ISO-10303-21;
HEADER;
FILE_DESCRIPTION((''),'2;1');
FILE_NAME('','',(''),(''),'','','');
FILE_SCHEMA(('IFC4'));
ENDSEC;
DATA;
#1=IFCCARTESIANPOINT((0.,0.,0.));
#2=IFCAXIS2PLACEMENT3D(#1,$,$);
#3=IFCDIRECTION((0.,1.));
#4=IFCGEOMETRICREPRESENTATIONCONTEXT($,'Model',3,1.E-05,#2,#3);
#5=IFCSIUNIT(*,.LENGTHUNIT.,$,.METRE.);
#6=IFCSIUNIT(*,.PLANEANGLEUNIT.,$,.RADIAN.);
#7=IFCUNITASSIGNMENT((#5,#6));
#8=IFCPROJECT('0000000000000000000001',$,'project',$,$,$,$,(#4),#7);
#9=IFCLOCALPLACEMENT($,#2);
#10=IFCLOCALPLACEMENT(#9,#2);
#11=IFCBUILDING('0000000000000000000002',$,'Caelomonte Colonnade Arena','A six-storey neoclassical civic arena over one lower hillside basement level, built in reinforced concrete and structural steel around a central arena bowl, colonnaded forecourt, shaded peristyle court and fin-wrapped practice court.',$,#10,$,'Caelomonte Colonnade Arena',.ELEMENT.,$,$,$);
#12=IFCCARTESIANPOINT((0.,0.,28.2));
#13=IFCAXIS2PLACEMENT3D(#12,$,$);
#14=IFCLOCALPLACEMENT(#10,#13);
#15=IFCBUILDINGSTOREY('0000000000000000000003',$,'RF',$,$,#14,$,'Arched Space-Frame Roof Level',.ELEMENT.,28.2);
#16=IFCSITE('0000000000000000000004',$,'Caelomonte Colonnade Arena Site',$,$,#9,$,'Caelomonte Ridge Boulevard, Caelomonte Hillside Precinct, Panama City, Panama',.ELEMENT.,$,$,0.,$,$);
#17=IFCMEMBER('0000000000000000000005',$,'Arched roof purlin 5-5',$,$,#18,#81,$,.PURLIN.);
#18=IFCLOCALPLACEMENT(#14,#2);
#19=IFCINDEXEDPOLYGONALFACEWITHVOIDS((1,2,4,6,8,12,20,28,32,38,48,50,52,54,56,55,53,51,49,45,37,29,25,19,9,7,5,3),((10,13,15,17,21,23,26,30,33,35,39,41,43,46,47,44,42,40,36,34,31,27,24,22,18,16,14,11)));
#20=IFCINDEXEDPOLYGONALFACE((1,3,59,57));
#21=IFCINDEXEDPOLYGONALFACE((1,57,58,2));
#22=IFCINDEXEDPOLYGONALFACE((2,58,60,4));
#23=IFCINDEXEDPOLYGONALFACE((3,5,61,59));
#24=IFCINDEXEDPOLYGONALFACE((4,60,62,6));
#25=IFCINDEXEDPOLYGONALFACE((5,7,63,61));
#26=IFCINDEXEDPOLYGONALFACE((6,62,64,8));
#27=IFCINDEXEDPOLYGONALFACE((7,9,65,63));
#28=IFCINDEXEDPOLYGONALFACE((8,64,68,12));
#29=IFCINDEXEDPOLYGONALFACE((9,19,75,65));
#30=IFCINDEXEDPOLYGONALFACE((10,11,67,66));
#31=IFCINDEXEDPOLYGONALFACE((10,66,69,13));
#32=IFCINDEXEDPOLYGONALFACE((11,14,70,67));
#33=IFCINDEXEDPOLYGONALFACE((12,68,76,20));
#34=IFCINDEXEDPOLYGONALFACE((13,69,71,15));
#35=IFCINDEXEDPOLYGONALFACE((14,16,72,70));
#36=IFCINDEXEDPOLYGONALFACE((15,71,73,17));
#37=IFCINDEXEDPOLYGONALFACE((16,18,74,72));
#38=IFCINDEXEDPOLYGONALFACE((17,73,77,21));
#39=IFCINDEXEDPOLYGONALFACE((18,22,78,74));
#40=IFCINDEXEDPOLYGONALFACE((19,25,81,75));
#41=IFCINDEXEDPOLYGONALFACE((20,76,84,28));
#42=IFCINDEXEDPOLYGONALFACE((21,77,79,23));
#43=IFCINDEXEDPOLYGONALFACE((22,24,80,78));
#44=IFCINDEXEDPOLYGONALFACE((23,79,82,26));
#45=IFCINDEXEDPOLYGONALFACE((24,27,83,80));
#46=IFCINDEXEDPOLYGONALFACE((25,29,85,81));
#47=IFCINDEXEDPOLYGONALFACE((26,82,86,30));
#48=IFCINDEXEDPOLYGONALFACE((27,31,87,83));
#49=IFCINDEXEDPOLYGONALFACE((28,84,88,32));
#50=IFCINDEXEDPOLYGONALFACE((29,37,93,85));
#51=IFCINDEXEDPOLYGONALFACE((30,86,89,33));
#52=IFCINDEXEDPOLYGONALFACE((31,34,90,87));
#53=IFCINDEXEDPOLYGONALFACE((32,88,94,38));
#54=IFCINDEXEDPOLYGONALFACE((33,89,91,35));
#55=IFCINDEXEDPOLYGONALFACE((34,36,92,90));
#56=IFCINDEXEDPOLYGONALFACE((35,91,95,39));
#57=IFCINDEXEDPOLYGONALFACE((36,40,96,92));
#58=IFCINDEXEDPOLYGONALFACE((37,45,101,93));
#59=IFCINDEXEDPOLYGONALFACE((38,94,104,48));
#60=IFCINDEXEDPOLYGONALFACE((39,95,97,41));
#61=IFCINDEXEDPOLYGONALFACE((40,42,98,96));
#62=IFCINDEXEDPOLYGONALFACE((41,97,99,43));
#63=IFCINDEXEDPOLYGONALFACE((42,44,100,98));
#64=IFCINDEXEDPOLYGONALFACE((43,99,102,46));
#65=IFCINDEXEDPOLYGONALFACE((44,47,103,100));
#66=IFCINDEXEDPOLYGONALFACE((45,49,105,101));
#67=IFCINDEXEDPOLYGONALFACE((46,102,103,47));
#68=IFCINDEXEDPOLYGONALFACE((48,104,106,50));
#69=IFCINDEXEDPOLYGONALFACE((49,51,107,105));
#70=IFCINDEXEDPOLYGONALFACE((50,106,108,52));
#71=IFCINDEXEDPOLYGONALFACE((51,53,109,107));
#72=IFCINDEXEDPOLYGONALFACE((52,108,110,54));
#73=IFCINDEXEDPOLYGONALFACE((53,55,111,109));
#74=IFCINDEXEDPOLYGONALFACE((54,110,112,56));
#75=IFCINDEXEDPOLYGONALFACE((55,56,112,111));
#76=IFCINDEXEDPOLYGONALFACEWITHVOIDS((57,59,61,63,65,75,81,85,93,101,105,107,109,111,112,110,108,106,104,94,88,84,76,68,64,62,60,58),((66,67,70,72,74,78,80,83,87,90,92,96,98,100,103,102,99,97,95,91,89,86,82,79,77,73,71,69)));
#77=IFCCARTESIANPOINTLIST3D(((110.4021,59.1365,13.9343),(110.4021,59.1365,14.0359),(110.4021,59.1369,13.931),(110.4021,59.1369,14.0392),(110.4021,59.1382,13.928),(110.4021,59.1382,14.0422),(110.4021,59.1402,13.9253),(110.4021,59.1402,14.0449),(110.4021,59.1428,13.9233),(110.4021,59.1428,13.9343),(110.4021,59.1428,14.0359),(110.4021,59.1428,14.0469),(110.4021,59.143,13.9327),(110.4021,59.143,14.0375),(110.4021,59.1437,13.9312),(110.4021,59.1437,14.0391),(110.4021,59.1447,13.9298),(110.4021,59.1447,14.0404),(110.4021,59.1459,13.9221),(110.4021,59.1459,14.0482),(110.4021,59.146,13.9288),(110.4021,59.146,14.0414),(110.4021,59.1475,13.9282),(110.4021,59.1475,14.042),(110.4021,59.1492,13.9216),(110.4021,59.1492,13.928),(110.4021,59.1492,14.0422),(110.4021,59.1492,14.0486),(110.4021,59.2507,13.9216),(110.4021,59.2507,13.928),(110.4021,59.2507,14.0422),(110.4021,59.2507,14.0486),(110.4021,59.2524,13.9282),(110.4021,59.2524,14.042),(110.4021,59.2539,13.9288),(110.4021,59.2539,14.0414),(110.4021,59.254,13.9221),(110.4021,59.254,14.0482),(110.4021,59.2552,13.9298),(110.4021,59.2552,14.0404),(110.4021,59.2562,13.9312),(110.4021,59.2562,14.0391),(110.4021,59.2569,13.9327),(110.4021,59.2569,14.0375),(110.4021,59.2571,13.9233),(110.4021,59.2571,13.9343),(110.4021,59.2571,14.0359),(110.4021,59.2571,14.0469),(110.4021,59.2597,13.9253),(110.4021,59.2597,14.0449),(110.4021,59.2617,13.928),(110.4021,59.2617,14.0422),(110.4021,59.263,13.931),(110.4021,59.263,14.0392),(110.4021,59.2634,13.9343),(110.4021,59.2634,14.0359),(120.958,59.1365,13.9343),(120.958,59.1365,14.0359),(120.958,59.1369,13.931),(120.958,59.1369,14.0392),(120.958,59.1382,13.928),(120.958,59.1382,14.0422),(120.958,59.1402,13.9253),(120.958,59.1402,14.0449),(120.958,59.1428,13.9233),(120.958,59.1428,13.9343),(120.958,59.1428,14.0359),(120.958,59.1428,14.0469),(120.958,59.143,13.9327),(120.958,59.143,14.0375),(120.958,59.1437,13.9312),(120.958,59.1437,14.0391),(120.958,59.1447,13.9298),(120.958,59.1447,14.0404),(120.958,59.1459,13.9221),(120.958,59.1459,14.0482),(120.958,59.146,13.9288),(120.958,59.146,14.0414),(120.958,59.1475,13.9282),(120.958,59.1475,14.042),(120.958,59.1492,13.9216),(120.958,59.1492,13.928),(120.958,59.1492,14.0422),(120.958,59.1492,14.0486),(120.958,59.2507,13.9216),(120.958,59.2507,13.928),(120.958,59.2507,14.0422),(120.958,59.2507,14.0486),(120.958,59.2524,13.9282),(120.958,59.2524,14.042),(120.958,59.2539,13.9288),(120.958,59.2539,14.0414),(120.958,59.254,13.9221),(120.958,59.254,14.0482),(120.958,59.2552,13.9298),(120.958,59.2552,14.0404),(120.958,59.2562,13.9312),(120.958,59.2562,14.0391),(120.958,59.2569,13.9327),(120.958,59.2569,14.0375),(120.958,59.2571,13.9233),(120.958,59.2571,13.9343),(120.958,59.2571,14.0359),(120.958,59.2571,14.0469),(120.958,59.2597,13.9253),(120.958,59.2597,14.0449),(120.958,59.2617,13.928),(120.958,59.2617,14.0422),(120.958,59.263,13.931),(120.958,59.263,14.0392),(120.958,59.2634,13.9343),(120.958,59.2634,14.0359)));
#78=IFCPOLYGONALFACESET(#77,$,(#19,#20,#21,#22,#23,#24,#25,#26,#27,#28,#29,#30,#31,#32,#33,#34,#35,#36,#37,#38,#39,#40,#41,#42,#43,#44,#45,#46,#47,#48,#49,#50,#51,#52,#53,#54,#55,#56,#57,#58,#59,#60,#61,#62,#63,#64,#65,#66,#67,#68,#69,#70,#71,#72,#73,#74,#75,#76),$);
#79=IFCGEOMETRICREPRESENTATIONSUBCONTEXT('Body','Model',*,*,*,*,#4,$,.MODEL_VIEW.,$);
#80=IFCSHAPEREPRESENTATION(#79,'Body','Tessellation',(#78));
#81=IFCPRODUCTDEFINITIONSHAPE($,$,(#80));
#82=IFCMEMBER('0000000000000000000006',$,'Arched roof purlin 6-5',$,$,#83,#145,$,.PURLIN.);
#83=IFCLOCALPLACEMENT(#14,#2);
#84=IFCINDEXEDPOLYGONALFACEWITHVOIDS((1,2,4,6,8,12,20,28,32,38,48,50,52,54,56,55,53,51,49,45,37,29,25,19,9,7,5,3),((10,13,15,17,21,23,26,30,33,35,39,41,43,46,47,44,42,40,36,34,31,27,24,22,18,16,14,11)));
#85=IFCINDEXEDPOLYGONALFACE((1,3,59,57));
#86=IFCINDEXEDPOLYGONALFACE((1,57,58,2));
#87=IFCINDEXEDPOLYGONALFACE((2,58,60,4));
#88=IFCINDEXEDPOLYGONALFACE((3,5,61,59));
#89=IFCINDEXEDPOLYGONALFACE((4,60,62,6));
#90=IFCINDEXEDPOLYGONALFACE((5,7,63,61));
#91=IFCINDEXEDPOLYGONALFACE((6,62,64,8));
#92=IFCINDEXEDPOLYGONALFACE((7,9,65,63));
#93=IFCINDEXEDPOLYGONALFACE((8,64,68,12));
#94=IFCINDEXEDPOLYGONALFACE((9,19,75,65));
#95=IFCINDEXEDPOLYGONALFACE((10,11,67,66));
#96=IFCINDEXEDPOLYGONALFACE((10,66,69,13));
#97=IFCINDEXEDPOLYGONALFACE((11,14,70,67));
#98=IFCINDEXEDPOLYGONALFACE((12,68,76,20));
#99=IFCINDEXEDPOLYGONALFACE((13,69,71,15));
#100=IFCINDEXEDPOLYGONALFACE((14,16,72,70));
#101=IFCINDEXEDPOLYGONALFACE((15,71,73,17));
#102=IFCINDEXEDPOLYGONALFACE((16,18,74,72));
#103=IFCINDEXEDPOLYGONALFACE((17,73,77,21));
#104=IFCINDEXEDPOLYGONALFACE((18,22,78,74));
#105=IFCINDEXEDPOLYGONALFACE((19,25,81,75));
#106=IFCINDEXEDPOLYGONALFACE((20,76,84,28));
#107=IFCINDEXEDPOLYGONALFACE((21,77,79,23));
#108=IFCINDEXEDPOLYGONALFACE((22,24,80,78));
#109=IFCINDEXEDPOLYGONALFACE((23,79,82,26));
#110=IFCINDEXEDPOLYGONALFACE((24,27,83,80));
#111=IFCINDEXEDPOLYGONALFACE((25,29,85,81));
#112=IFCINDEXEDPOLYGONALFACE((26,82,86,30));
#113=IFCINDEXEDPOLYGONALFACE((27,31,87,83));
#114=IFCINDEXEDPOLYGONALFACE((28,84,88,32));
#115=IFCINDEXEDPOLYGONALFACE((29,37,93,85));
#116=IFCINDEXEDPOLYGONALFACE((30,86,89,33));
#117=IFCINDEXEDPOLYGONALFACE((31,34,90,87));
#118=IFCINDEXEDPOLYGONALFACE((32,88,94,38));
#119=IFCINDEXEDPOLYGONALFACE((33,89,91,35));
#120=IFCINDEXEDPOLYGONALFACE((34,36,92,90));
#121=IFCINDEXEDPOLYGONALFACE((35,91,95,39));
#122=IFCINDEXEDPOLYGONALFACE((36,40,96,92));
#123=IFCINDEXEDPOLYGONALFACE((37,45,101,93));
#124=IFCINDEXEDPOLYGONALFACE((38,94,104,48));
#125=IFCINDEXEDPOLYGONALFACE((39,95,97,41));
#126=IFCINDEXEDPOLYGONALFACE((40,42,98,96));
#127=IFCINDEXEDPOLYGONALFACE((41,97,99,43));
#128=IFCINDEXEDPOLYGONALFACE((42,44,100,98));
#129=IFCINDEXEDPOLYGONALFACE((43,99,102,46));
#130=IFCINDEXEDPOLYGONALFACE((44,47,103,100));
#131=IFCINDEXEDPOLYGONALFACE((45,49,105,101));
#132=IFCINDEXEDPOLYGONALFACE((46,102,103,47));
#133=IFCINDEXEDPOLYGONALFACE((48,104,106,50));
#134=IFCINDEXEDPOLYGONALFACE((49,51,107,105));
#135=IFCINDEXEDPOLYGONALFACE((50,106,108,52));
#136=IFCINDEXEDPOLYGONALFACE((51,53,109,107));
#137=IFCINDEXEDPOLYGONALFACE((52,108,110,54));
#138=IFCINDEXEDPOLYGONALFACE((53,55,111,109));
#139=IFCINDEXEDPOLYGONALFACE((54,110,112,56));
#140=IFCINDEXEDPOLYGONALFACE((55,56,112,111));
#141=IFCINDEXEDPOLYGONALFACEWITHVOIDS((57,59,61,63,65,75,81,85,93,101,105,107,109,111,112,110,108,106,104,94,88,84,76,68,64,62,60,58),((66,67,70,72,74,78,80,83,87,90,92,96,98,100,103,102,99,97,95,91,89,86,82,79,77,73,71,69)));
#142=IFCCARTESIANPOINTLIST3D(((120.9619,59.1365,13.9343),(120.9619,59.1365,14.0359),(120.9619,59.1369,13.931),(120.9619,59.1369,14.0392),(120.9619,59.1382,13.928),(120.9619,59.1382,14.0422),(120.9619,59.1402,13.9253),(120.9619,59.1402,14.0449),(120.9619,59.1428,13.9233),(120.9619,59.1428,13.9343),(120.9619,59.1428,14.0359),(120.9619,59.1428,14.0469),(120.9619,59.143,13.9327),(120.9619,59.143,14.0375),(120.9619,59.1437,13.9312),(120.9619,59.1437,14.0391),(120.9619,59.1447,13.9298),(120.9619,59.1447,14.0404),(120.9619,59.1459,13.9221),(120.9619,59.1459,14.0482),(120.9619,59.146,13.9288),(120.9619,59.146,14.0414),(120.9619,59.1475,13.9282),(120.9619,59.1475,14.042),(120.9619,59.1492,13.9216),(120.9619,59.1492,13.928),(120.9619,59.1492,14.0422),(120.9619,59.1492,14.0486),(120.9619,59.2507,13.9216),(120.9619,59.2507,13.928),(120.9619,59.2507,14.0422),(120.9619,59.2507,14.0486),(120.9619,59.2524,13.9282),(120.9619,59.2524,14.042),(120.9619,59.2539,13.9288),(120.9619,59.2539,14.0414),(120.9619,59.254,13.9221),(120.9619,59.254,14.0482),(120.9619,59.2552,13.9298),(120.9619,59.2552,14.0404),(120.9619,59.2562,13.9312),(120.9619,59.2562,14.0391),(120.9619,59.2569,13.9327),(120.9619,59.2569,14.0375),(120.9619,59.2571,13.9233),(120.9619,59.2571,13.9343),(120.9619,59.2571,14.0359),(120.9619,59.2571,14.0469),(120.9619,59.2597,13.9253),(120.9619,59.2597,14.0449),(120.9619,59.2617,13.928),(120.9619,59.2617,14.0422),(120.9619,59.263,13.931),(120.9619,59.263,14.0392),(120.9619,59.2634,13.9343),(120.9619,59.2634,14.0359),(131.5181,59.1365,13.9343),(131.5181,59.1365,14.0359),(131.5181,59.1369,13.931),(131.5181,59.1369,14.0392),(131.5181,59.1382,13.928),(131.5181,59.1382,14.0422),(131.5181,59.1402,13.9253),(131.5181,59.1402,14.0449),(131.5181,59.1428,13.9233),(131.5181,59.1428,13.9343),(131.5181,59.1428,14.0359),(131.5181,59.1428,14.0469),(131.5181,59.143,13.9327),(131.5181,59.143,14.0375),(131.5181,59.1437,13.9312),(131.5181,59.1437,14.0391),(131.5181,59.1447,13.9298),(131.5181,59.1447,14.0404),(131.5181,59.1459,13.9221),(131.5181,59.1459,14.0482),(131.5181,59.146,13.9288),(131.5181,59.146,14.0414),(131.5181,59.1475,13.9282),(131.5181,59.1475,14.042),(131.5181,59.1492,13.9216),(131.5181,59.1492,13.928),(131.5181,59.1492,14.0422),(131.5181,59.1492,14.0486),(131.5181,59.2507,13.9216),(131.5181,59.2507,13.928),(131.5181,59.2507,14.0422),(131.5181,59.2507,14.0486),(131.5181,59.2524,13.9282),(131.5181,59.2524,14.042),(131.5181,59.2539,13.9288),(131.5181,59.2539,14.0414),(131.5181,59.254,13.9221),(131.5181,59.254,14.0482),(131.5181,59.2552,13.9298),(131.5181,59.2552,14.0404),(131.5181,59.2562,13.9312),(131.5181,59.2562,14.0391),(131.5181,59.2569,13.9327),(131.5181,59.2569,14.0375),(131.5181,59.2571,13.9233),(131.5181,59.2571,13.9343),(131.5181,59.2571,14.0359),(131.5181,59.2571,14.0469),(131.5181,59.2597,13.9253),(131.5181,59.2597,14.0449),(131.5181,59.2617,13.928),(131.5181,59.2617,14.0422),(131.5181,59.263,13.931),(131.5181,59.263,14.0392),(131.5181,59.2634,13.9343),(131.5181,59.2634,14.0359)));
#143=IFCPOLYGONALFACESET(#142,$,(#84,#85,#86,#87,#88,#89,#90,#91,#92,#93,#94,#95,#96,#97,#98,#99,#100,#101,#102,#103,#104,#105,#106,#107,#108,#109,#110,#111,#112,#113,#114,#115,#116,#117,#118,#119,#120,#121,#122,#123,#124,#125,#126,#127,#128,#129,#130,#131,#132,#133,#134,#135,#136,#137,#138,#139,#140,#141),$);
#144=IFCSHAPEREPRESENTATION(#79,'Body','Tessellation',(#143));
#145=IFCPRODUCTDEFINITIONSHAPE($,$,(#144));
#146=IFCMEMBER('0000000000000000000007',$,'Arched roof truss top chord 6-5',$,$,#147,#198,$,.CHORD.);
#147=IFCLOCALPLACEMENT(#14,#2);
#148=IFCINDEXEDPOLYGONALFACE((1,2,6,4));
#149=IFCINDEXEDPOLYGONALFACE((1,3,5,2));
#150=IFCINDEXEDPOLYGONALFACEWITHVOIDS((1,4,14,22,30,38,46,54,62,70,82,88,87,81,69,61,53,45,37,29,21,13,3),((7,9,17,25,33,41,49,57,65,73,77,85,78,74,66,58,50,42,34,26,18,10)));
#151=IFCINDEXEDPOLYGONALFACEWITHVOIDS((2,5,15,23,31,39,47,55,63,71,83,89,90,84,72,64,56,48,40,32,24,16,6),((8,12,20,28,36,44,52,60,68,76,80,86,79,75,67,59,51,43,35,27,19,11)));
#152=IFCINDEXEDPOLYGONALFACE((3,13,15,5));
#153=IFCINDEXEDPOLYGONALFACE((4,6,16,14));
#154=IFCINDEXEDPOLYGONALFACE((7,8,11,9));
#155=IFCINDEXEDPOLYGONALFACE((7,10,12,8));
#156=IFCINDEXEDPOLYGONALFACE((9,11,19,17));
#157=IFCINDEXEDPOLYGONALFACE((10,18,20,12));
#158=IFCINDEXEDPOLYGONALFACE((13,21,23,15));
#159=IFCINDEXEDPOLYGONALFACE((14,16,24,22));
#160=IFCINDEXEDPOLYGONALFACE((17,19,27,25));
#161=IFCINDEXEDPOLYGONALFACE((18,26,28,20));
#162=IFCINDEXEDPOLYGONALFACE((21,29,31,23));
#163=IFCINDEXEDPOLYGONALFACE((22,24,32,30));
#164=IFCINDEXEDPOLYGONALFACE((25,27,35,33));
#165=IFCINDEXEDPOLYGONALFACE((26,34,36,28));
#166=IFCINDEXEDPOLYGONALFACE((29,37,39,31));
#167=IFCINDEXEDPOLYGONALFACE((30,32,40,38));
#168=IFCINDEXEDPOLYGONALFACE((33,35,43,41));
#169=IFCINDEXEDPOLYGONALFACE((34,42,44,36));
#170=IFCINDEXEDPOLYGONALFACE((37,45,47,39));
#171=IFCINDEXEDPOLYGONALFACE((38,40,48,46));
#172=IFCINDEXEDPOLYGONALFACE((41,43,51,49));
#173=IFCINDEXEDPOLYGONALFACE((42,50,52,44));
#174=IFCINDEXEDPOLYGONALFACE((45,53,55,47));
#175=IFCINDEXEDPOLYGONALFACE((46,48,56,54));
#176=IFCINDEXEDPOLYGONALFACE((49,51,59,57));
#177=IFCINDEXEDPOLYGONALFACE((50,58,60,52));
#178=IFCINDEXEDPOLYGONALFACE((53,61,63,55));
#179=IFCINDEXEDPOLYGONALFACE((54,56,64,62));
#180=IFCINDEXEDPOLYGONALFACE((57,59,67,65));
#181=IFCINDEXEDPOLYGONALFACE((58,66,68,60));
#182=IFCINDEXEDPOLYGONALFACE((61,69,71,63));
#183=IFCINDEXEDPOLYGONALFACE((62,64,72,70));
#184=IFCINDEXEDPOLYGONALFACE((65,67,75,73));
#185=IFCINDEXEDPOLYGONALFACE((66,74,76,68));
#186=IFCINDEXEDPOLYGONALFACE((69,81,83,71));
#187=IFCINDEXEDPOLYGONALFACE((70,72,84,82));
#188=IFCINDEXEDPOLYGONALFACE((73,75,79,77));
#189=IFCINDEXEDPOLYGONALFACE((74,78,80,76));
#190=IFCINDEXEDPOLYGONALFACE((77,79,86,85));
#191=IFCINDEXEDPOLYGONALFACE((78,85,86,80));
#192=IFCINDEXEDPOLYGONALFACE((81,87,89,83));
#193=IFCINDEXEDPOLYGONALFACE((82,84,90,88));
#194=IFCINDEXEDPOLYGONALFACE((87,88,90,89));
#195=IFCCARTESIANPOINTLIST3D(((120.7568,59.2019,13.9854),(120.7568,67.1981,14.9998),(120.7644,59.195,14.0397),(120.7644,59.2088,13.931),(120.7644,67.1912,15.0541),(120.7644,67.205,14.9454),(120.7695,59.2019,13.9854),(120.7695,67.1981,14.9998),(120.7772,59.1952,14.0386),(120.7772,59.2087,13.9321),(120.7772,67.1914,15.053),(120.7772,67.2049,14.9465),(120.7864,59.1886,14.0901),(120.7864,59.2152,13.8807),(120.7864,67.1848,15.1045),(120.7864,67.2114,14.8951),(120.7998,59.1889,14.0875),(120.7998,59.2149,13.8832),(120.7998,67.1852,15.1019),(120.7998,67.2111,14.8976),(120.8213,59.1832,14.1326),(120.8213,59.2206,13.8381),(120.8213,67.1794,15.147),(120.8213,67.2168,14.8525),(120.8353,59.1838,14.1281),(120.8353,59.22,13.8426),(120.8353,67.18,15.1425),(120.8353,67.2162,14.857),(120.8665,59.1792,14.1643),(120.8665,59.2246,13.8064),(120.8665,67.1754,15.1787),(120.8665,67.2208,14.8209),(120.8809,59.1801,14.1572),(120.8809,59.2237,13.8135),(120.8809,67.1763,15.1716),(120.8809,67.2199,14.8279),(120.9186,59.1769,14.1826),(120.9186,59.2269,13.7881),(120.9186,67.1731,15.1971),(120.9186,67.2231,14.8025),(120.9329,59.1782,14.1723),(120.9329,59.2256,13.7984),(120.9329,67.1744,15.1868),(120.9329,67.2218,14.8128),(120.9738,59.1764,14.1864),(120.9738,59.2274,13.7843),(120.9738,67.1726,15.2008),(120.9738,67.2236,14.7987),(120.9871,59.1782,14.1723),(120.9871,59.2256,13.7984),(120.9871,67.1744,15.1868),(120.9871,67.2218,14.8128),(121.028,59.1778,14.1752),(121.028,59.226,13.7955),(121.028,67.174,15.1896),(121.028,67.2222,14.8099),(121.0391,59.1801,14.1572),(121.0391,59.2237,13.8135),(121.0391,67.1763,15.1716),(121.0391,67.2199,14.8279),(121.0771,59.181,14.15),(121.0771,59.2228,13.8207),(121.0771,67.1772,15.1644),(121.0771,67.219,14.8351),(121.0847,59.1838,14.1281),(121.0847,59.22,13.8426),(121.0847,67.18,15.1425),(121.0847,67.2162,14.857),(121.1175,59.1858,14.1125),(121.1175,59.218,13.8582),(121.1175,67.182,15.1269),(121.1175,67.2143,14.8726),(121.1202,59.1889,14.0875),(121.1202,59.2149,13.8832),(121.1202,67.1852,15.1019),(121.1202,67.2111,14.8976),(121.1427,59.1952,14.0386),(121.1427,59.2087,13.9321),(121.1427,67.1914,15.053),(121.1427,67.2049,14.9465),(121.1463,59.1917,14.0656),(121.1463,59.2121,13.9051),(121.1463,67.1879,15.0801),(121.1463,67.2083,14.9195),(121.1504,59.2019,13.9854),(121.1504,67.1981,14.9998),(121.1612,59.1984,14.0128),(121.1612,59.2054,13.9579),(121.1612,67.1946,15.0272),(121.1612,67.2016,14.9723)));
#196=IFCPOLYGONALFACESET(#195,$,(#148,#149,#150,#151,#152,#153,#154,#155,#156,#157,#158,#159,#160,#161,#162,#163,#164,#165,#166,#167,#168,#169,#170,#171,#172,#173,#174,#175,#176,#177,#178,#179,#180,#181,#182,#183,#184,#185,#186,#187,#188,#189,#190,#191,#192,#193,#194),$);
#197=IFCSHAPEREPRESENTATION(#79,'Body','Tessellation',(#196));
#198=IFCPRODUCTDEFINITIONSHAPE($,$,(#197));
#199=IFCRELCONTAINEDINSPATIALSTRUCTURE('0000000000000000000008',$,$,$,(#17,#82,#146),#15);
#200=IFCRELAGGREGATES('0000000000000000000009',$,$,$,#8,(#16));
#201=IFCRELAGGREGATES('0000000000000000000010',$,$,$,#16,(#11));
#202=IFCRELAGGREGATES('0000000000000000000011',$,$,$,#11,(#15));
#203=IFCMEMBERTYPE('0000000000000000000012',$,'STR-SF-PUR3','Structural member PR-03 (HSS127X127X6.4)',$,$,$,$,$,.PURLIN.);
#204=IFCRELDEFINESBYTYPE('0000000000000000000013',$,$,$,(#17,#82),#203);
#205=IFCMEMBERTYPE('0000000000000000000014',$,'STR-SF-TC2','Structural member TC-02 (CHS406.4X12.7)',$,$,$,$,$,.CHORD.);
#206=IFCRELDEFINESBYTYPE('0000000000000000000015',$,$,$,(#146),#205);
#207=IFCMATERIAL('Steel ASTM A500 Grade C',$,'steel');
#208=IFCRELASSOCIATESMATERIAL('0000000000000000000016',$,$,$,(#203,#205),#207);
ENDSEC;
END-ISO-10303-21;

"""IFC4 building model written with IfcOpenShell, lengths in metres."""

from ifc_helpers import new_model, si_unit, direction, frame, origin, origin_2d, place, context, subcontext, project, spatial, hollow_rectangle, hollow_circle, extrude, material, material_profile, profile_set, type_object, element, save


model = new_model("IFC4")

# Units and contexts
model_context = context("Model", 3, precision=1e-05, world=origin(), true_north=direction((0.0, 1.0)))
body_context = subcontext(model_context, "Body", "Model", "MODEL_VIEW")
ifc_project = project(units=[si_unit("LENGTHUNIT", "METRE"), si_unit("PLANEANGLEUNIT", "RADIAN")], contexts=[model_context])

# Site, building, storey
site_placement = place(None, origin())
site = spatial("IfcSite", under=ifc_project, at=site_placement, Name="Caelomonte Colonnade Arena Site", LongName="Caelomonte Ridge Boulevard, Caelomonte Hillside Precinct, Panama City, Panama", CompositionType="ELEMENT", RefElevation=0.0)
building_placement = place(site_placement, origin())
building = spatial("IfcBuilding", under=site, at=building_placement, Name="Caelomonte Colonnade Arena", Description="A six-storey neoclassical civic arena over one lower hillside basement level, built in reinforced concrete and structural steel around a central arena bowl, colonnaded forecourt, shaded peristyle court and fin-wrapped practice court.", LongName="Caelomonte Colonnade Arena", CompositionType="ELEMENT")
storey_placement = place(building_placement, frame((0.0, 0.0, 28.2)))
storey = spatial("IfcBuildingStorey", under=building, at=storey_placement, Name="RF", LongName="Arched Space-Frame Roof Level", CompositionType="ELEMENT", Elevation=28.2)

# Members
ifc_material_1 = material(Name="Steel ASTM A500 Grade C", Category="steel")
ifc_material_profile_1 = material_profile(ifc_material_1, hollow_rectangle(XDim=0.127, YDim=0.127, WallThickness=0.0063, InnerFilletRadius=0.0063, OuterFilletRadius=0.0127, at=origin_2d()), Name="HSS127X127X6.4")
ifc_profile_set_1 = profile_set([ifc_material_profile_1], Name="Steel ASTM A500 Grade C")
member_type_1 = type_object("IfcMemberType", Name="STR-SF-PUR3", Description="Structural member PR-03 (HSS127X127X6.4)", PredefinedType="PURLIN", material=ifc_profile_set_1)
member_1_placement = place(storey_placement, frame((110.4021, 59.2, 13.9851), z_axis=(1.0, 0.0, 0.0), x_axis=(0.0, 1.0, 0.0)))
element("IfcMember", 1, at=member_1_placement, inside=storey, type_object=member_type_1, Name="Arched roof purlin 5-5", PredefinedType="PURLIN", context=body_context, shape_type="SweptSolid", body=[
    extrude(hollow_rectangle(XDim=0.127, YDim=0.127, WallThickness=0.0063, InnerFilletRadius=0.0063, OuterFilletRadius=0.0127, at=origin_2d()), origin(), (0.0, 0.0, 1.0), 10.5559),
])
member_2_placement = place(storey_placement, frame((120.9619, 59.2, 13.9851), z_axis=(1.0, 0.0, 0.0), x_axis=(0.0, 1.0, 0.0)))
element("IfcMember", 2, at=member_2_placement, inside=storey, type_object=member_type_1, Name="Arched roof purlin 6-5", PredefinedType="PURLIN", context=body_context, shape_type="SweptSolid", body=[
    extrude(hollow_rectangle(XDim=0.127, YDim=0.127, WallThickness=0.0063, InnerFilletRadius=0.0063, OuterFilletRadius=0.0127, at=origin_2d()), origin(), (0.0, 0.0, 1.0), 10.5562),
])
ifc_material_profile_2 = material_profile(ifc_material_1, hollow_circle(Radius=0.2031, WallThickness=0.0127, at=origin_2d()), Name="CHS406.4X12.7")
ifc_profile_set_2 = profile_set([ifc_material_profile_2], Name="Steel ASTM A500 Grade C")
member_type_2 = type_object("IfcMemberType", Name="STR-SF-TC2", Description="Structural member TC-02 (CHS406.4X12.7)", PredefinedType="CHORD", material=ifc_profile_set_2)
for number, where, z_axis, x_axis, name in (
    (3, (120.96, 59.2019, 13.9854), (0.0, 0.992049, 0.125854), (-1.0, 0.0, 0.0), "Arched roof truss top chord 6-5"),
):
    element("IfcMember", number, at=place(storey_placement, frame(where, z_axis=z_axis, x_axis=x_axis)), inside=storey, type_object=member_type_2, Name=name, PredefinedType="CHORD", context=body_context, shape_type="SweptSolid", body=[
        extrude(hollow_circle(Radius=0.2031, WallThickness=0.0127, at=origin_2d()), origin(), (0.0, 0.0, 1.0), 8.0603),
    ])

save(model, "model.ifc")
